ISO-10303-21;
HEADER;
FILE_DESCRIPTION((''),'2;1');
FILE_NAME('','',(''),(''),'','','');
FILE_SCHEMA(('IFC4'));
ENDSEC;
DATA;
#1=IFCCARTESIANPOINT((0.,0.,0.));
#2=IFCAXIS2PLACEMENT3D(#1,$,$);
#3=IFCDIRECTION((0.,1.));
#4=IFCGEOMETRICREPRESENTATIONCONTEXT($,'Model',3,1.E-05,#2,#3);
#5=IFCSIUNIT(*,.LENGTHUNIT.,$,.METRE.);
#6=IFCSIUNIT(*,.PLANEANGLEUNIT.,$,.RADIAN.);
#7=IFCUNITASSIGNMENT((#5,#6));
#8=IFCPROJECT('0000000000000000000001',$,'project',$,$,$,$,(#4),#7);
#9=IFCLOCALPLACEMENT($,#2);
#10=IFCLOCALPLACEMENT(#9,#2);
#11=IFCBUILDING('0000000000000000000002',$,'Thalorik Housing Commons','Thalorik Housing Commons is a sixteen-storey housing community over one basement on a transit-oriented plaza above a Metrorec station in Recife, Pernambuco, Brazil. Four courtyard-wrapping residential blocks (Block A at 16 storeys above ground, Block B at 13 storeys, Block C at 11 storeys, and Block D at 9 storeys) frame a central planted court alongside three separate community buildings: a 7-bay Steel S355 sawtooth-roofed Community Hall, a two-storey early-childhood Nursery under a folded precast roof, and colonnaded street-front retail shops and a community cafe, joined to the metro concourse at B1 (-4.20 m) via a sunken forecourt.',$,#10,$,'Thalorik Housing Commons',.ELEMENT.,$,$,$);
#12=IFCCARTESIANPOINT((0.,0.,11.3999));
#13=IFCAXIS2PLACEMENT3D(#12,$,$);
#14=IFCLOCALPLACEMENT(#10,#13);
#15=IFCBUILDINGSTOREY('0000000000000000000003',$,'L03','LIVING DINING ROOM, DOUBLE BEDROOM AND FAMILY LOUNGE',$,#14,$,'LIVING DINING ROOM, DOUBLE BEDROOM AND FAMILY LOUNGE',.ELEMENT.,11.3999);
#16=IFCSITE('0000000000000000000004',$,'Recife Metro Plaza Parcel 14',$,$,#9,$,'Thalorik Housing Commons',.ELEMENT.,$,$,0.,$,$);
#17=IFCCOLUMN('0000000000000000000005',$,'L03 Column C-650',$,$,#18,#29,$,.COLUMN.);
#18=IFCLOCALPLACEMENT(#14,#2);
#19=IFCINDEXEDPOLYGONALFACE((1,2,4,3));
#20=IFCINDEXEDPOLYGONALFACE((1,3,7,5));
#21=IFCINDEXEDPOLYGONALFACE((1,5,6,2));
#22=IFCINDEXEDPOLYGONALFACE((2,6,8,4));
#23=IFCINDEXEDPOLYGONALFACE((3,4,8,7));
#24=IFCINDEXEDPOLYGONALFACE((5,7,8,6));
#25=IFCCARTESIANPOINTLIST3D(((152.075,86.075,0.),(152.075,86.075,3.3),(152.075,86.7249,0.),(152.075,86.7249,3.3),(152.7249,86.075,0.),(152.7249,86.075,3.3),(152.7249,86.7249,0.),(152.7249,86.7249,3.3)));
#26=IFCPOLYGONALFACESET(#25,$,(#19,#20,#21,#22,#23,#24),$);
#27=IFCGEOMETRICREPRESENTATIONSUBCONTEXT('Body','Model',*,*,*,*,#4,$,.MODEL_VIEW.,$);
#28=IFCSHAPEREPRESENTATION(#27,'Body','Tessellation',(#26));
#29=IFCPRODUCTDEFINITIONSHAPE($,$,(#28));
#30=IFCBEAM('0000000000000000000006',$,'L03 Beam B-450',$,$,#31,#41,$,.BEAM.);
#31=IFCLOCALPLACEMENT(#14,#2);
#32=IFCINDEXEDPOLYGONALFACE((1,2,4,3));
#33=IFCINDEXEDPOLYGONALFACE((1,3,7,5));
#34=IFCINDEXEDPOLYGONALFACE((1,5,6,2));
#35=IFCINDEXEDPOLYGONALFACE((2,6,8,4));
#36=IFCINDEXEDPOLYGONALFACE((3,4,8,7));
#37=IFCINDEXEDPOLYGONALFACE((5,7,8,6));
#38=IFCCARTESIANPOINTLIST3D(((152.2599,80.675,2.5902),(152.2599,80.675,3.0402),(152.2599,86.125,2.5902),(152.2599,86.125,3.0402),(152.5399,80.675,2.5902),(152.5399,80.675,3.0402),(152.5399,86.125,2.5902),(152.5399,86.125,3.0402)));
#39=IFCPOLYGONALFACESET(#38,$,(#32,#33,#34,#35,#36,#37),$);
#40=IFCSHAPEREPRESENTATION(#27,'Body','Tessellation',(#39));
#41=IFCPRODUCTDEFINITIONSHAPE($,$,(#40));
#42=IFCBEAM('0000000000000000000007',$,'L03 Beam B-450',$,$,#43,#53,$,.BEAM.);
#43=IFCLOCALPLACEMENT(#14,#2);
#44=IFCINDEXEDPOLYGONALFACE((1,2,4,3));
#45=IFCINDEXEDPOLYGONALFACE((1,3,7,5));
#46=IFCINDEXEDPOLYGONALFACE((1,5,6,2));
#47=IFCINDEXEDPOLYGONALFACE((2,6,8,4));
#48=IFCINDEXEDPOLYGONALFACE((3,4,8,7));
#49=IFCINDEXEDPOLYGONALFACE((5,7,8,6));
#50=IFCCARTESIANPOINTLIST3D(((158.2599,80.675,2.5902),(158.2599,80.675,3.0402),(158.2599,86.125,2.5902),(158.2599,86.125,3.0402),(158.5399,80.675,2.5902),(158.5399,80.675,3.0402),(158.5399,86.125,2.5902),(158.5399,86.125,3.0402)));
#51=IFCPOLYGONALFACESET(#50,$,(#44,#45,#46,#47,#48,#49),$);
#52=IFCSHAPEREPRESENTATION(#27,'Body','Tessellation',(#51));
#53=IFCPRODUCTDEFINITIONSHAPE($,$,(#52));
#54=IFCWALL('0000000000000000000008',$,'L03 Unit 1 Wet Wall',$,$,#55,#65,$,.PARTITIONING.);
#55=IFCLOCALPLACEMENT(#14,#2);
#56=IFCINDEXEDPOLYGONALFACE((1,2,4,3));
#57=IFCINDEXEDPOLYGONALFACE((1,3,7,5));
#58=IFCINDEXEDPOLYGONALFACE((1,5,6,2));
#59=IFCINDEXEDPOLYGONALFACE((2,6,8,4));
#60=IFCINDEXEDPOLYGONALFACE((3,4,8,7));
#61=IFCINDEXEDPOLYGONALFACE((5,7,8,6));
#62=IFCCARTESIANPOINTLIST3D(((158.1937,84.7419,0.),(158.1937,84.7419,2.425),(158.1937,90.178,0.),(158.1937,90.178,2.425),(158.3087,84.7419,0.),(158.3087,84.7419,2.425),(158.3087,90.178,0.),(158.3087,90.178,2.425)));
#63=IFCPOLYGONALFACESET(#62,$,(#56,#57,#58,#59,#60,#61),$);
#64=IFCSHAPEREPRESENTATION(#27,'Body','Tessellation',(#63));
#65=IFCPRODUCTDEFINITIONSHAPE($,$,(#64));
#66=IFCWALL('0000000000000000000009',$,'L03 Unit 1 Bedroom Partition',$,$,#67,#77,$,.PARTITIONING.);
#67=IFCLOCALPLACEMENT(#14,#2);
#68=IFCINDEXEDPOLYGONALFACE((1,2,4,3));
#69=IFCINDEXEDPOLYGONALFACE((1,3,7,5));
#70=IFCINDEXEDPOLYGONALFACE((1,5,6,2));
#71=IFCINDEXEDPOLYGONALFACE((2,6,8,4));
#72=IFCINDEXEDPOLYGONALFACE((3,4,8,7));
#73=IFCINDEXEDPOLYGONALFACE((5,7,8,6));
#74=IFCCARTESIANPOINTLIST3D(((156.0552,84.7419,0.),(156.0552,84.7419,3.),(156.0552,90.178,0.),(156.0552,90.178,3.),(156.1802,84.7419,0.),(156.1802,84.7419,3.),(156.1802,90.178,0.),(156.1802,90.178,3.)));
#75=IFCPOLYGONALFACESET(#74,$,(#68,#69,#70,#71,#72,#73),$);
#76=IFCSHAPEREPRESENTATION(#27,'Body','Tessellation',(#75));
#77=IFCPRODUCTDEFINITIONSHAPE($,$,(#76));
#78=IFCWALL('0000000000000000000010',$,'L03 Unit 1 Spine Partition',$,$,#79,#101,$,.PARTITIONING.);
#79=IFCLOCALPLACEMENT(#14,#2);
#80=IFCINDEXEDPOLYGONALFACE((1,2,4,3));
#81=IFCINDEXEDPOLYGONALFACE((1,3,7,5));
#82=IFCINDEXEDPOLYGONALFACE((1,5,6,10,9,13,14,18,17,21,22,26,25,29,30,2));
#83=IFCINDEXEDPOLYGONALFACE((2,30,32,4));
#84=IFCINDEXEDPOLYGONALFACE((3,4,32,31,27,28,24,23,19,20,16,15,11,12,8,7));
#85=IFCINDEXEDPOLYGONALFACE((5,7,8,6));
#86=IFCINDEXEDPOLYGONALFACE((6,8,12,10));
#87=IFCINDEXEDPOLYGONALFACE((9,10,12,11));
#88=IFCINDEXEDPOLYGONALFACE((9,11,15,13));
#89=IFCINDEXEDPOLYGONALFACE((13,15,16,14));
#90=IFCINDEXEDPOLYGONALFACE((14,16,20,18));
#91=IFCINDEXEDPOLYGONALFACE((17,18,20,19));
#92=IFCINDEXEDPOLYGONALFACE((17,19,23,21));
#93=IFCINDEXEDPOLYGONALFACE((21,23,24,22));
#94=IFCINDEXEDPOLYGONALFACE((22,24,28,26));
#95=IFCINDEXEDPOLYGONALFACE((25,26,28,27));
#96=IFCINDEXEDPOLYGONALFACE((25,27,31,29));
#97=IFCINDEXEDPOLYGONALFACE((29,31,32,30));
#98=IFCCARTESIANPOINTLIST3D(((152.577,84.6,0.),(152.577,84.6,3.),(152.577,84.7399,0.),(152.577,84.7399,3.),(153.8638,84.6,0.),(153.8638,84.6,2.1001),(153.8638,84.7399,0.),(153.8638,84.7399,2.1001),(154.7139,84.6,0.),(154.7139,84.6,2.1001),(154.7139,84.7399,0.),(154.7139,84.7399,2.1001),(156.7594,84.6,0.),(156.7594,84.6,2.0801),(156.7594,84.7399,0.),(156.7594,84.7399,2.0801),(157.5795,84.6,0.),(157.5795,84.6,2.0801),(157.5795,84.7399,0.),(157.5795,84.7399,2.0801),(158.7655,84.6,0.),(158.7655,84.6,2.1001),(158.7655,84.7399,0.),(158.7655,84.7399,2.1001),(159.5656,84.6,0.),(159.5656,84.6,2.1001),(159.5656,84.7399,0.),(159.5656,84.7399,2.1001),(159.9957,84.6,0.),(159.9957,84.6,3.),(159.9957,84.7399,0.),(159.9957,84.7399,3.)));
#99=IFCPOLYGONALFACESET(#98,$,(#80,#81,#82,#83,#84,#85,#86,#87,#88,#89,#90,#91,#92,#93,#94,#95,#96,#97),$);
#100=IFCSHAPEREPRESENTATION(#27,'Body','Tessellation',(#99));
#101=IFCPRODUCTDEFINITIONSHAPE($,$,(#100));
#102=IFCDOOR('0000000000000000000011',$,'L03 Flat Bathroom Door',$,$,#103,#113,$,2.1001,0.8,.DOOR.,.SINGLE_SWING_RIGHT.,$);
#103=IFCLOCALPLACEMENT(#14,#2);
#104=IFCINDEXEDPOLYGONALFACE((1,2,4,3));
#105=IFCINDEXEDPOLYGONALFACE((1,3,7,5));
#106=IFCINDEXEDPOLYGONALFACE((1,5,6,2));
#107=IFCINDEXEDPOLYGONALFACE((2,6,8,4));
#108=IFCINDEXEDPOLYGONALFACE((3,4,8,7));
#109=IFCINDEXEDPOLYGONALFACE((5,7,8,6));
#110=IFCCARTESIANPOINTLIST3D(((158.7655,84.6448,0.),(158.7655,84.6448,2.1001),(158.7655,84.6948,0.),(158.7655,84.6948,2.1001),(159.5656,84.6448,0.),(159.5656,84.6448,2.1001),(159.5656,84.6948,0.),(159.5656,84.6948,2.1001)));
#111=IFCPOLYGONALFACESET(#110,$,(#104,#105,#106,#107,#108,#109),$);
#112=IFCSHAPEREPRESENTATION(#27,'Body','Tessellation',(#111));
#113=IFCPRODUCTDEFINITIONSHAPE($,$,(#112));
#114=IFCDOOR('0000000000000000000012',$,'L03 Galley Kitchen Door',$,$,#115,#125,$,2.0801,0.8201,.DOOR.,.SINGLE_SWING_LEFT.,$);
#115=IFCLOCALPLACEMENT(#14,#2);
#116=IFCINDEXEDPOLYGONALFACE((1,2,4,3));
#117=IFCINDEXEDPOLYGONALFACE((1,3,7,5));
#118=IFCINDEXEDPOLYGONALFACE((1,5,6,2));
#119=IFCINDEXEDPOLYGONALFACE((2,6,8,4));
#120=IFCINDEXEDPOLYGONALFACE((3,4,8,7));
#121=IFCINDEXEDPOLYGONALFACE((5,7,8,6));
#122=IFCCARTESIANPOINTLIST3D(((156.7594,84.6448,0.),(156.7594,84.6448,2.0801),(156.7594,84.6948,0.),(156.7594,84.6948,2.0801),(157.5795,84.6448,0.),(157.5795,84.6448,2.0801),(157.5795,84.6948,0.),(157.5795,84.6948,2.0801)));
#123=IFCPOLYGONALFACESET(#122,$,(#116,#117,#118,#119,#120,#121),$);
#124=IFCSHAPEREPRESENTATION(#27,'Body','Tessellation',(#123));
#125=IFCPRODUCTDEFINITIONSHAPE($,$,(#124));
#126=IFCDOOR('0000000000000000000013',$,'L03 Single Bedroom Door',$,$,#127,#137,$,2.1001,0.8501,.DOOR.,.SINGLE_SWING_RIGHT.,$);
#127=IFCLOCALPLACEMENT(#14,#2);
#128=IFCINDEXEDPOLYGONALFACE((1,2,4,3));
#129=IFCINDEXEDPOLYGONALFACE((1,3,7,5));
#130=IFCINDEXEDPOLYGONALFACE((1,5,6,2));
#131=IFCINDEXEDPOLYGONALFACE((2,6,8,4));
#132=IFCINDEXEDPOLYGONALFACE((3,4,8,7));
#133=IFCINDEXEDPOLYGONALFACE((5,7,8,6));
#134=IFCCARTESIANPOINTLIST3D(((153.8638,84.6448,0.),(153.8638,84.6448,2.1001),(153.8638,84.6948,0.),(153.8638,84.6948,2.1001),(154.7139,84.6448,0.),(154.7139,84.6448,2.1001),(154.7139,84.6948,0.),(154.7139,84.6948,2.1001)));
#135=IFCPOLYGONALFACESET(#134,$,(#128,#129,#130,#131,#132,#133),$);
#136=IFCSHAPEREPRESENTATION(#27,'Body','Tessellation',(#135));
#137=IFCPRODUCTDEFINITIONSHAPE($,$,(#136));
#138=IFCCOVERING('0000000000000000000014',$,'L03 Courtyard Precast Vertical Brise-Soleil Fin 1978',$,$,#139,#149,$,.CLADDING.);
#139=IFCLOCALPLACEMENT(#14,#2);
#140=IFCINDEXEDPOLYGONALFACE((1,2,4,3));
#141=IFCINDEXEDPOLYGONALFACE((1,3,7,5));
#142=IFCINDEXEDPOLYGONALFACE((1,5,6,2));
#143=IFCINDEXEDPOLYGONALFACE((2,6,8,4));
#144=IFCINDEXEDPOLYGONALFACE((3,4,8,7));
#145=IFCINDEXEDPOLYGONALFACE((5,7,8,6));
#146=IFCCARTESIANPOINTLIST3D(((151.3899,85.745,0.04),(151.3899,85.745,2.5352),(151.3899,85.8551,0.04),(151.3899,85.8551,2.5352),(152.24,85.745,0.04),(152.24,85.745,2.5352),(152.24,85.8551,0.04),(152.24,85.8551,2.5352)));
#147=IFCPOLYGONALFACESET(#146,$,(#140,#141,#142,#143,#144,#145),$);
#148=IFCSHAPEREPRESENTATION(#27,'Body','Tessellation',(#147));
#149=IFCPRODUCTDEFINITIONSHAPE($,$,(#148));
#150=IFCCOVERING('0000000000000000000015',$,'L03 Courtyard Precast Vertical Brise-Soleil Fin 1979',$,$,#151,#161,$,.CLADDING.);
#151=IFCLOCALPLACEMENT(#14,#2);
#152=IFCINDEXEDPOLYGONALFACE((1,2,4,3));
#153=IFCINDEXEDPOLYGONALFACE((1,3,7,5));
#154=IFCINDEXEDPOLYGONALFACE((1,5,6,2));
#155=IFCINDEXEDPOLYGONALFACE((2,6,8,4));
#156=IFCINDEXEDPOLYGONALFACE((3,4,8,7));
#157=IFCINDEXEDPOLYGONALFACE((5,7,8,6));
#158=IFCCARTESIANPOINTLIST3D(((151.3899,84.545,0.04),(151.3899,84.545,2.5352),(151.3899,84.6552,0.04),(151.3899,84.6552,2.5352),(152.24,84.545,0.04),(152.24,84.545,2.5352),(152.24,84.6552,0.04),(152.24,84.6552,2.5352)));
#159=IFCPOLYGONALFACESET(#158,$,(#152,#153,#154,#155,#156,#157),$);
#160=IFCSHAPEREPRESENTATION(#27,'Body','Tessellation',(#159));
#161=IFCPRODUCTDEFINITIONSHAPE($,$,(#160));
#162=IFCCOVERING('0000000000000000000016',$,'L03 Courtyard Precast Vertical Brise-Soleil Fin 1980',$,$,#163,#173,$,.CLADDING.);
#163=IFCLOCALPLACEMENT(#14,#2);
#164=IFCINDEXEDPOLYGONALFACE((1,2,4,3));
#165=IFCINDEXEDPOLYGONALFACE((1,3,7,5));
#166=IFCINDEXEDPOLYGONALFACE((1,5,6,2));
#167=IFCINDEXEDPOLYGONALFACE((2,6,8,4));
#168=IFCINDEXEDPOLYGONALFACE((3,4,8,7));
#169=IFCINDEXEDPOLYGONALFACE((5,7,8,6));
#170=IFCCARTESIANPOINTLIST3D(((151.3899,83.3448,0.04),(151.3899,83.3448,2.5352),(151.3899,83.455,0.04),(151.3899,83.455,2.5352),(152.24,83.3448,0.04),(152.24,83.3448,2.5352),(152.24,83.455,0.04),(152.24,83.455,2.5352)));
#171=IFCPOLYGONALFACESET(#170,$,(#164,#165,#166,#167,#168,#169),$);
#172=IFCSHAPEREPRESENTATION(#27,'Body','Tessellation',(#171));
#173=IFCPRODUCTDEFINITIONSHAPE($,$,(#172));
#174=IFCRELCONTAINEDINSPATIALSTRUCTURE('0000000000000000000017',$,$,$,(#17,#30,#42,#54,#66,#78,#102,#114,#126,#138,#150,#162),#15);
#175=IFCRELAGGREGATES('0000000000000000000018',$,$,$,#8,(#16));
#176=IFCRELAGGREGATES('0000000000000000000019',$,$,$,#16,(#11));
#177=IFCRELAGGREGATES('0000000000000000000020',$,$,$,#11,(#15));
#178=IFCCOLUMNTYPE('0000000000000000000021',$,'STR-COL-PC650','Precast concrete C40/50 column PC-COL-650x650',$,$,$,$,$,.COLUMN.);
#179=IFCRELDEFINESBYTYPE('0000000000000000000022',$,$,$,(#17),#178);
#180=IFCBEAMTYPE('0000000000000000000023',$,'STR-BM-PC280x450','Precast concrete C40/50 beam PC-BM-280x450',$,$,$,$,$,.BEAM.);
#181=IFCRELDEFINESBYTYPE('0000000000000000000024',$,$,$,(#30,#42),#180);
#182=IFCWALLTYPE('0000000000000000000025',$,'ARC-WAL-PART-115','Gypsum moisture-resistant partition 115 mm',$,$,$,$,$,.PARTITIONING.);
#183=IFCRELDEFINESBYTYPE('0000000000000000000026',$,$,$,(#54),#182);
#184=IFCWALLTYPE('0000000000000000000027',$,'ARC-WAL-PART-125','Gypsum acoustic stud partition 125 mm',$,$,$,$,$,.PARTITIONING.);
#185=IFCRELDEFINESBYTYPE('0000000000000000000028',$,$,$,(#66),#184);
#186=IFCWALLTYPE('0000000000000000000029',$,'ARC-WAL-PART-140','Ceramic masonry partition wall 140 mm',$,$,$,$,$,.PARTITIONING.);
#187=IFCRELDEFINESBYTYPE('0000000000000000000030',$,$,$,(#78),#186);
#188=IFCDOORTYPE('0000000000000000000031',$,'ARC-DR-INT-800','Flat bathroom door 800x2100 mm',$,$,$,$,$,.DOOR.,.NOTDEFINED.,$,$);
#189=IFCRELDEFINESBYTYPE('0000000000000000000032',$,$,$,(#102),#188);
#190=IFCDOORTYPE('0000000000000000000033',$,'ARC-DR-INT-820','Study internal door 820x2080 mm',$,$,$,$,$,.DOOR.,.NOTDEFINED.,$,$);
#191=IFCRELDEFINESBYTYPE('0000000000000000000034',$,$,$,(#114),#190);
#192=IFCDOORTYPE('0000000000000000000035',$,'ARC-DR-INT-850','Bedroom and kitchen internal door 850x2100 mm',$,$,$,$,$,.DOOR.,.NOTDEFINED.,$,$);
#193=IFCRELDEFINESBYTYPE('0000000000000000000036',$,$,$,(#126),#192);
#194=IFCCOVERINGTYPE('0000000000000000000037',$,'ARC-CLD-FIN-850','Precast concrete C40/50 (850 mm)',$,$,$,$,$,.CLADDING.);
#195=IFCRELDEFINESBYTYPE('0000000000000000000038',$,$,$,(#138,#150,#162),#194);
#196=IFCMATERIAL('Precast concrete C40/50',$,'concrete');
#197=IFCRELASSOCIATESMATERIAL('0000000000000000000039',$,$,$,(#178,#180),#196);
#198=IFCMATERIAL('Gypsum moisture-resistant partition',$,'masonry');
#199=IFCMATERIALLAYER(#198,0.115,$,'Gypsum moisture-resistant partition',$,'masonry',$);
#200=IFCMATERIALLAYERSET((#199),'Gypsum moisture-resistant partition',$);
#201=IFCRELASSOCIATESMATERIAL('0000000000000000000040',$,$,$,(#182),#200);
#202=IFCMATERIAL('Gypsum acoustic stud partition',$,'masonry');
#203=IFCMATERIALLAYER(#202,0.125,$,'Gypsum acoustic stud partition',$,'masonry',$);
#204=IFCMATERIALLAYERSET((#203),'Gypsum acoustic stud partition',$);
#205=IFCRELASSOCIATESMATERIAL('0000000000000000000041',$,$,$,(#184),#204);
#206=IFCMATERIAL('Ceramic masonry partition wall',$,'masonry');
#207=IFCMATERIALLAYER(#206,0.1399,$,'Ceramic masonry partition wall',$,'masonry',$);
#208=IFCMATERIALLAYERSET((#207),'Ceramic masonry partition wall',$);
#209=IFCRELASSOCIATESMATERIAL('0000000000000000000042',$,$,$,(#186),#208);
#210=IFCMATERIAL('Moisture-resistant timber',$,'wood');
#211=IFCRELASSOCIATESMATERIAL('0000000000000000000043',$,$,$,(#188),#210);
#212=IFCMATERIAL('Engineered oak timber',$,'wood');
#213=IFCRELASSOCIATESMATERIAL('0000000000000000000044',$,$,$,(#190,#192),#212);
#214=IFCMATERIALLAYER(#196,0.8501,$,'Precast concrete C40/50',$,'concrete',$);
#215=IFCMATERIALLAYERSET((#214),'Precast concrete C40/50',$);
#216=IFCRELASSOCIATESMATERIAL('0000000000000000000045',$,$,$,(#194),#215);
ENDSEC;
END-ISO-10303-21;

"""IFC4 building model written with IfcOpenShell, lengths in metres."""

from ifc_helpers import new_model, si_unit, direction, frame, frame_2d, origin, origin_2d, place, context, subcontext, project, spatial, rectangle, extrude, material, layer, layer_set, material_profile, profile_set, type_object, element, fill, save


model = new_model("IFC4")

# Units and contexts
model_context = context("Model", 3, precision=1e-05, world=origin(), true_north=direction((0.0, 1.0)))
body_context = subcontext(model_context, "Body", "Model", "MODEL_VIEW")
ifc_project = project(units=[si_unit("LENGTHUNIT", "METRE"), si_unit("PLANEANGLEUNIT", "RADIAN")], contexts=[model_context])

# Site, building, storey
site_placement = place(None, origin())
site = spatial("IfcSite", under=ifc_project, at=site_placement, Name="Recife Metro Plaza Parcel 14", LongName="Thalorik Housing Commons", CompositionType="ELEMENT", RefElevation=0.0)
building_placement = place(site_placement, origin())
building = spatial("IfcBuilding", under=site, at=building_placement, Name="Thalorik Housing Commons", Description="Thalorik Housing Commons is a sixteen-storey housing community over one basement on a transit-oriented plaza above a Metrorec station in Recife, Pernambuco, Brazil. Four courtyard-wrapping residential blocks (Block A at 16 storeys above ground, Block B at 13 storeys, Block C at 11 storeys, and Block D at 9 storeys) frame a central planted court alongside three separate community buildings: a 7-bay Steel S355 sawtooth-roofed Community Hall, a two-storey early-childhood Nursery under a folded precast roof, and colonnaded street-front retail shops and a community cafe, joined to the metro concourse at B1 (-4.20 m) via a sunken forecourt.", LongName="Thalorik Housing Commons", CompositionType="ELEMENT")
storey_placement = place(building_placement, frame((0.0, 0.0, 11.3999)))
storey = spatial("IfcBuildingStorey", under=building, at=storey_placement, Name="L03", Description="LIVING DINING ROOM, DOUBLE BEDROOM AND FAMILY LOUNGE", LongName="LIVING DINING ROOM, DOUBLE BEDROOM AND FAMILY LOUNGE", CompositionType="ELEMENT", Elevation=11.3999)

# Column
ifc_material_1 = material(Name="Precast concrete C40/50", Category="concrete")
ifc_material_profile_1 = material_profile(ifc_material_1, rectangle(XDim=0.6499, YDim=0.6499, at=origin_2d()), Name="PC 650x650", Category="concrete")
ifc_profile_set_1 = profile_set([ifc_material_profile_1], Name="Precast concrete C40/50")
column_type = type_object("IfcColumnType", Name="STR-COL-PC650", Description="Precast concrete C40/50 column PC-COL-650x650", PredefinedType="COLUMN", material=ifc_profile_set_1)
column_placement = place(storey_placement, frame((152.3999, 86.3999, 0.0), z_axis=(0.0, 0.0, 1.0), x_axis=(1.0, 0.0, 0.0)))
element("IfcColumn", 1, at=column_placement, inside=storey, type_object=column_type, Name="L03 Column C-650", PredefinedType="COLUMN", context=body_context, shape_type="SweptSolid", body=[
    extrude(rectangle(XDim=0.6499, YDim=0.6499, at=origin_2d()), origin(), (0.0, 0.0, 1.0), 3.3),
])

# Beams
ifc_material_profile_2 = material_profile(ifc_material_1, rectangle(XDim=0.28, YDim=0.45, at=origin_2d()), Name="PC 280x450", Category="concrete")
ifc_profile_set_2 = profile_set([ifc_material_profile_2], Name="Precast concrete C40/50")
beam_type = type_object("IfcBeamType", Name="STR-BM-PC280x450", Description="Precast concrete C40/50 beam PC-BM-280x450", PredefinedType="BEAM", material=ifc_profile_set_2)
for number, where, z_axis, x_axis, name in (
    (2, (152.3999, 80.675, 2.8152), (0.0, 1.0, 0.0), (-1.0, 0.0, 0.0), "L03 Beam B-450"),
    (3, (158.3999, 80.675, 2.8152), (0.0, 1.0, 0.0), (-1.0, 0.0, 0.0), "L03 Beam B-450"),
):
    element("IfcBeam", number, at=place(storey_placement, frame(where, z_axis=z_axis, x_axis=x_axis)), inside=storey, type_object=beam_type, Name=name, PredefinedType="BEAM", context=body_context, shape_type="SweptSolid", body=[
        extrude(rectangle(XDim=0.28, YDim=0.45, at=origin_2d()), origin(), (0.0, 0.0, 1.0), 5.45),
    ])

# Walls
ifc_material_2 = material(Name="Gypsum moisture-resistant partition", Category="masonry")
ifc_layer_1 = layer(ifc_material_2, 0.115, Name="Gypsum moisture-resistant partition", Category="masonry")
ifc_layer_set_1 = layer_set([ifc_layer_1], Name="Gypsum moisture-resistant partition")
wall_type_1 = type_object("IfcWallType", Name="ARC-WAL-PART-115", Description="Gypsum moisture-resistant partition 115 mm", PredefinedType="PARTITIONING", material=ifc_layer_set_1)
wall_1_placement = place(storey_placement, frame((158.2512, 84.7419, 0.0), z_axis=(0.0, 0.0, 1.0), x_axis=(0.0, 1.0, 0.0)))
element("IfcWall", 4, at=wall_1_placement, inside=storey, type_object=wall_type_1, Name="L03 Unit 1 Wet Wall", PredefinedType="PARTITIONING", context=body_context, shape_type="SweptSolid", body=[
    extrude(rectangle(XDim=5.436, YDim=0.115, at=frame_2d((2.718, 0.0))), origin(), (0.0, 0.0, 1.0), 2.425),
])
ifc_material_3 = material(Name="Gypsum acoustic stud partition", Category="masonry")
ifc_layer_2 = layer(ifc_material_3, 0.125, Name="Gypsum acoustic stud partition", Category="masonry")
ifc_layer_set_2 = layer_set([ifc_layer_2], Name="Gypsum acoustic stud partition")
wall_type_2 = type_object("IfcWallType", Name="ARC-WAL-PART-125", Description="Gypsum acoustic stud partition 125 mm", PredefinedType="PARTITIONING", material=ifc_layer_set_2)
wall_2_placement = place(storey_placement, frame((156.1177, 84.7419, 0.0), z_axis=(0.0, 0.0, 1.0), x_axis=(0.0, 1.0, 0.0)))
element("IfcWall", 5, at=wall_2_placement, inside=storey, type_object=wall_type_2, Name="L03 Unit 1 Bedroom Partition", PredefinedType="PARTITIONING", context=body_context, shape_type="SweptSolid", body=[
    extrude(rectangle(XDim=5.436, YDim=0.125, at=frame_2d((2.718, 0.0))), origin(), (0.0, 0.0, 1.0), 3.0),
])

# Wall, openings, doors
ifc_material_4 = material(Name="Ceramic masonry partition wall", Category="masonry")
ifc_layer_3 = layer(ifc_material_4, 0.1399, Name="Ceramic masonry partition wall", Category="masonry")
ifc_layer_set_3 = layer_set([ifc_layer_3], Name="Ceramic masonry partition wall")
wall_type_3 = type_object("IfcWallType", Name="ARC-WAL-PART-140", Description="Ceramic masonry partition wall 140 mm", PredefinedType="PARTITIONING", material=ifc_layer_set_3)
wall_3_placement = place(storey_placement, frame((152.5769, 84.6699, 0.0), z_axis=(0.0, 0.0, 1.0), x_axis=(1.0, 0.0, 0.0)))
wall_3 = element("IfcWall", 6, at=wall_3_placement, inside=storey, type_object=wall_type_3, Name="L03 Unit 1 Spine Partition", PredefinedType="PARTITIONING", context=body_context, shape_type="SweptSolid", body=[
    extrude(rectangle(XDim=7.4187, YDim=0.1399, at=frame_2d((3.7095, 0.0))), origin(), (0.0, 0.0, 1.0), 3.0),
])
opening_1_placement = place(wall_3_placement, frame((1.2869, 0.0, 0.0)))
opening_1 = element("IfcOpeningElement", 7, at=opening_1_placement, cuts=wall_3, PredefinedType="OPENING", context=body_context, shape_type="SweptSolid", body=[
    extrude(rectangle(XDim=0.8501, YDim=2.1001, at=frame_2d((0.425, 1.05))), frame((0.0, 0.0801, 0.0), z_axis=(0.0, -1.0, 0.0), x_axis=(1.0, 0.0, 0.0)), (0.0, 0.0, 1.0), 0.1599),
])
opening_2_placement = place(wall_3_placement, frame((4.1824, 0.0, 0.0)))
opening_2 = element("IfcOpeningElement", 8, at=opening_2_placement, cuts=wall_3, PredefinedType="OPENING", context=body_context, shape_type="SweptSolid", body=[
    extrude(rectangle(XDim=0.8201, YDim=2.0801, at=frame_2d((0.4102, 1.04))), frame((0.0, 0.0801, 0.0), z_axis=(0.0, -1.0, 0.0), x_axis=(1.0, 0.0, 0.0)), (0.0, 0.0, 1.0), 0.1599),
])
opening_3_placement = place(wall_3_placement, frame((6.1887, 0.0, 0.0)))
opening_3 = element("IfcOpeningElement", 9, at=opening_3_placement, cuts=wall_3, PredefinedType="OPENING", context=body_context, shape_type="SweptSolid", body=[
    extrude(rectangle(XDim=0.8, YDim=2.1001, at=frame_2d((0.3999, 1.05))), frame((0.0, 0.0801, 0.0), z_axis=(0.0, -1.0, 0.0), x_axis=(1.0, 0.0, 0.0)), (0.0, 0.0, 1.0), 0.1599),
])
ifc_material_5 = material(Name="Moisture-resistant timber", Category="wood")
door_type_1 = type_object("IfcDoorType", Name="ARC-DR-INT-800", Description="Flat bathroom door 800x2100 mm", OperationType="NOTDEFINED", PredefinedType="DOOR", material=ifc_material_5)
door_1_placement = place(opening_3_placement, origin())
door_1 = element("IfcDoor", 10, at=door_1_placement, inside=storey, type_object=door_type_1, Name="L03 Flat Bathroom Door", OperationType="SINGLE_SWING_RIGHT", OverallHeight=2.1001, OverallWidth=0.8, PredefinedType="DOOR", context=body_context, shape_type="SweptSolid", body=[
    extrude(rectangle(XDim=0.8, YDim=2.1001, at=frame_2d((0.3999, 1.05))), frame((0.0, 0.0249, 0.0), z_axis=(0.0, -1.0, 0.0), x_axis=(1.0, 0.0, 0.0)), (0.0, 0.0, 1.0), 0.05),
])
fill(opening_3, door_1)
ifc_material_6 = material(Name="Engineered oak timber", Category="wood")
door_type_2 = type_object("IfcDoorType", Name="ARC-DR-INT-820", Description="Study internal door 820x2080 mm", OperationType="NOTDEFINED", PredefinedType="DOOR", material=ifc_material_6)
door_2_placement = place(opening_2_placement, origin())
door_2 = element("IfcDoor", 11, at=door_2_placement, inside=storey, type_object=door_type_2, Name="L03 Galley Kitchen Door", OperationType="SINGLE_SWING_LEFT", OverallHeight=2.0801, OverallWidth=0.8201, PredefinedType="DOOR", context=body_context, shape_type="SweptSolid", body=[
    extrude(rectangle(XDim=0.8201, YDim=2.0801, at=frame_2d((0.4102, 1.04))), frame((0.0, 0.0249, 0.0), z_axis=(0.0, -1.0, 0.0), x_axis=(1.0, 0.0, 0.0)), (0.0, 0.0, 1.0), 0.05),
])
fill(opening_2, door_2)
door_type_3 = type_object("IfcDoorType", Name="ARC-DR-INT-850", Description="Bedroom and kitchen internal door 850x2100 mm", OperationType="NOTDEFINED", PredefinedType="DOOR", material=ifc_material_6)
door_3_placement = place(opening_1_placement, origin())
door_3 = element("IfcDoor", 12, at=door_3_placement, inside=storey, type_object=door_type_3, Name="L03 Single Bedroom Door", OperationType="SINGLE_SWING_RIGHT", OverallHeight=2.1001, OverallWidth=0.8501, PredefinedType="DOOR", context=body_context, shape_type="SweptSolid", body=[
    extrude(rectangle(XDim=0.8501, YDim=2.1001, at=frame_2d((0.425, 1.05))), frame((0.0, 0.0249, 0.0), z_axis=(0.0, -1.0, 0.0), x_axis=(1.0, 0.0, 0.0)), (0.0, 0.0, 1.0), 0.05),
])
fill(opening_1, door_3)

# Coverings
ifc_layer_4 = layer(ifc_material_1, 0.8501, Name="Precast concrete C40/50", Category="concrete")
ifc_layer_set_4 = layer_set([ifc_layer_4], Name="Precast concrete C40/50")
covering_type_1 = type_object("IfcCoveringType", Name="ARC-CLD-FIN-850", Description="Precast concrete C40/50 (850 mm)", PredefinedType="CLADDING", material=ifc_layer_set_4)
for number, where, z_axis, x_axis, name in (
    (13, (151.8149, 85.8, 0.04), (0.0, 0.0, 1.0), (0.0, -1.0, 0.0), "L03 Courtyard Precast Vertical Brise-Soleil Fin 1978"),
    (14, (151.8149, 84.6001, 0.04), (0.0, 0.0, 1.0), (0.0, -1.0, 0.0), "L03 Courtyard Precast Vertical Brise-Soleil Fin 1979"),
    (15, (151.8149, 83.3999, 0.04), (0.0, 0.0, 1.0), (0.0, -1.0, 0.0), "L03 Courtyard Precast Vertical Brise-Soleil Fin 1980"),
):
    element("IfcCovering", number, at=place(storey_placement, frame(where, z_axis=z_axis, x_axis=x_axis)), inside=storey, type_object=covering_type_1, Name=name, PredefinedType="CLADDING", context=body_context, shape_type="SweptSolid", body=[
        extrude(rectangle(XDim=0.1101, YDim=0.8501, at=origin_2d()), origin(), (0.0, 0.0, 1.0), 2.4951),
    ])

save(model, "model.ifc")
